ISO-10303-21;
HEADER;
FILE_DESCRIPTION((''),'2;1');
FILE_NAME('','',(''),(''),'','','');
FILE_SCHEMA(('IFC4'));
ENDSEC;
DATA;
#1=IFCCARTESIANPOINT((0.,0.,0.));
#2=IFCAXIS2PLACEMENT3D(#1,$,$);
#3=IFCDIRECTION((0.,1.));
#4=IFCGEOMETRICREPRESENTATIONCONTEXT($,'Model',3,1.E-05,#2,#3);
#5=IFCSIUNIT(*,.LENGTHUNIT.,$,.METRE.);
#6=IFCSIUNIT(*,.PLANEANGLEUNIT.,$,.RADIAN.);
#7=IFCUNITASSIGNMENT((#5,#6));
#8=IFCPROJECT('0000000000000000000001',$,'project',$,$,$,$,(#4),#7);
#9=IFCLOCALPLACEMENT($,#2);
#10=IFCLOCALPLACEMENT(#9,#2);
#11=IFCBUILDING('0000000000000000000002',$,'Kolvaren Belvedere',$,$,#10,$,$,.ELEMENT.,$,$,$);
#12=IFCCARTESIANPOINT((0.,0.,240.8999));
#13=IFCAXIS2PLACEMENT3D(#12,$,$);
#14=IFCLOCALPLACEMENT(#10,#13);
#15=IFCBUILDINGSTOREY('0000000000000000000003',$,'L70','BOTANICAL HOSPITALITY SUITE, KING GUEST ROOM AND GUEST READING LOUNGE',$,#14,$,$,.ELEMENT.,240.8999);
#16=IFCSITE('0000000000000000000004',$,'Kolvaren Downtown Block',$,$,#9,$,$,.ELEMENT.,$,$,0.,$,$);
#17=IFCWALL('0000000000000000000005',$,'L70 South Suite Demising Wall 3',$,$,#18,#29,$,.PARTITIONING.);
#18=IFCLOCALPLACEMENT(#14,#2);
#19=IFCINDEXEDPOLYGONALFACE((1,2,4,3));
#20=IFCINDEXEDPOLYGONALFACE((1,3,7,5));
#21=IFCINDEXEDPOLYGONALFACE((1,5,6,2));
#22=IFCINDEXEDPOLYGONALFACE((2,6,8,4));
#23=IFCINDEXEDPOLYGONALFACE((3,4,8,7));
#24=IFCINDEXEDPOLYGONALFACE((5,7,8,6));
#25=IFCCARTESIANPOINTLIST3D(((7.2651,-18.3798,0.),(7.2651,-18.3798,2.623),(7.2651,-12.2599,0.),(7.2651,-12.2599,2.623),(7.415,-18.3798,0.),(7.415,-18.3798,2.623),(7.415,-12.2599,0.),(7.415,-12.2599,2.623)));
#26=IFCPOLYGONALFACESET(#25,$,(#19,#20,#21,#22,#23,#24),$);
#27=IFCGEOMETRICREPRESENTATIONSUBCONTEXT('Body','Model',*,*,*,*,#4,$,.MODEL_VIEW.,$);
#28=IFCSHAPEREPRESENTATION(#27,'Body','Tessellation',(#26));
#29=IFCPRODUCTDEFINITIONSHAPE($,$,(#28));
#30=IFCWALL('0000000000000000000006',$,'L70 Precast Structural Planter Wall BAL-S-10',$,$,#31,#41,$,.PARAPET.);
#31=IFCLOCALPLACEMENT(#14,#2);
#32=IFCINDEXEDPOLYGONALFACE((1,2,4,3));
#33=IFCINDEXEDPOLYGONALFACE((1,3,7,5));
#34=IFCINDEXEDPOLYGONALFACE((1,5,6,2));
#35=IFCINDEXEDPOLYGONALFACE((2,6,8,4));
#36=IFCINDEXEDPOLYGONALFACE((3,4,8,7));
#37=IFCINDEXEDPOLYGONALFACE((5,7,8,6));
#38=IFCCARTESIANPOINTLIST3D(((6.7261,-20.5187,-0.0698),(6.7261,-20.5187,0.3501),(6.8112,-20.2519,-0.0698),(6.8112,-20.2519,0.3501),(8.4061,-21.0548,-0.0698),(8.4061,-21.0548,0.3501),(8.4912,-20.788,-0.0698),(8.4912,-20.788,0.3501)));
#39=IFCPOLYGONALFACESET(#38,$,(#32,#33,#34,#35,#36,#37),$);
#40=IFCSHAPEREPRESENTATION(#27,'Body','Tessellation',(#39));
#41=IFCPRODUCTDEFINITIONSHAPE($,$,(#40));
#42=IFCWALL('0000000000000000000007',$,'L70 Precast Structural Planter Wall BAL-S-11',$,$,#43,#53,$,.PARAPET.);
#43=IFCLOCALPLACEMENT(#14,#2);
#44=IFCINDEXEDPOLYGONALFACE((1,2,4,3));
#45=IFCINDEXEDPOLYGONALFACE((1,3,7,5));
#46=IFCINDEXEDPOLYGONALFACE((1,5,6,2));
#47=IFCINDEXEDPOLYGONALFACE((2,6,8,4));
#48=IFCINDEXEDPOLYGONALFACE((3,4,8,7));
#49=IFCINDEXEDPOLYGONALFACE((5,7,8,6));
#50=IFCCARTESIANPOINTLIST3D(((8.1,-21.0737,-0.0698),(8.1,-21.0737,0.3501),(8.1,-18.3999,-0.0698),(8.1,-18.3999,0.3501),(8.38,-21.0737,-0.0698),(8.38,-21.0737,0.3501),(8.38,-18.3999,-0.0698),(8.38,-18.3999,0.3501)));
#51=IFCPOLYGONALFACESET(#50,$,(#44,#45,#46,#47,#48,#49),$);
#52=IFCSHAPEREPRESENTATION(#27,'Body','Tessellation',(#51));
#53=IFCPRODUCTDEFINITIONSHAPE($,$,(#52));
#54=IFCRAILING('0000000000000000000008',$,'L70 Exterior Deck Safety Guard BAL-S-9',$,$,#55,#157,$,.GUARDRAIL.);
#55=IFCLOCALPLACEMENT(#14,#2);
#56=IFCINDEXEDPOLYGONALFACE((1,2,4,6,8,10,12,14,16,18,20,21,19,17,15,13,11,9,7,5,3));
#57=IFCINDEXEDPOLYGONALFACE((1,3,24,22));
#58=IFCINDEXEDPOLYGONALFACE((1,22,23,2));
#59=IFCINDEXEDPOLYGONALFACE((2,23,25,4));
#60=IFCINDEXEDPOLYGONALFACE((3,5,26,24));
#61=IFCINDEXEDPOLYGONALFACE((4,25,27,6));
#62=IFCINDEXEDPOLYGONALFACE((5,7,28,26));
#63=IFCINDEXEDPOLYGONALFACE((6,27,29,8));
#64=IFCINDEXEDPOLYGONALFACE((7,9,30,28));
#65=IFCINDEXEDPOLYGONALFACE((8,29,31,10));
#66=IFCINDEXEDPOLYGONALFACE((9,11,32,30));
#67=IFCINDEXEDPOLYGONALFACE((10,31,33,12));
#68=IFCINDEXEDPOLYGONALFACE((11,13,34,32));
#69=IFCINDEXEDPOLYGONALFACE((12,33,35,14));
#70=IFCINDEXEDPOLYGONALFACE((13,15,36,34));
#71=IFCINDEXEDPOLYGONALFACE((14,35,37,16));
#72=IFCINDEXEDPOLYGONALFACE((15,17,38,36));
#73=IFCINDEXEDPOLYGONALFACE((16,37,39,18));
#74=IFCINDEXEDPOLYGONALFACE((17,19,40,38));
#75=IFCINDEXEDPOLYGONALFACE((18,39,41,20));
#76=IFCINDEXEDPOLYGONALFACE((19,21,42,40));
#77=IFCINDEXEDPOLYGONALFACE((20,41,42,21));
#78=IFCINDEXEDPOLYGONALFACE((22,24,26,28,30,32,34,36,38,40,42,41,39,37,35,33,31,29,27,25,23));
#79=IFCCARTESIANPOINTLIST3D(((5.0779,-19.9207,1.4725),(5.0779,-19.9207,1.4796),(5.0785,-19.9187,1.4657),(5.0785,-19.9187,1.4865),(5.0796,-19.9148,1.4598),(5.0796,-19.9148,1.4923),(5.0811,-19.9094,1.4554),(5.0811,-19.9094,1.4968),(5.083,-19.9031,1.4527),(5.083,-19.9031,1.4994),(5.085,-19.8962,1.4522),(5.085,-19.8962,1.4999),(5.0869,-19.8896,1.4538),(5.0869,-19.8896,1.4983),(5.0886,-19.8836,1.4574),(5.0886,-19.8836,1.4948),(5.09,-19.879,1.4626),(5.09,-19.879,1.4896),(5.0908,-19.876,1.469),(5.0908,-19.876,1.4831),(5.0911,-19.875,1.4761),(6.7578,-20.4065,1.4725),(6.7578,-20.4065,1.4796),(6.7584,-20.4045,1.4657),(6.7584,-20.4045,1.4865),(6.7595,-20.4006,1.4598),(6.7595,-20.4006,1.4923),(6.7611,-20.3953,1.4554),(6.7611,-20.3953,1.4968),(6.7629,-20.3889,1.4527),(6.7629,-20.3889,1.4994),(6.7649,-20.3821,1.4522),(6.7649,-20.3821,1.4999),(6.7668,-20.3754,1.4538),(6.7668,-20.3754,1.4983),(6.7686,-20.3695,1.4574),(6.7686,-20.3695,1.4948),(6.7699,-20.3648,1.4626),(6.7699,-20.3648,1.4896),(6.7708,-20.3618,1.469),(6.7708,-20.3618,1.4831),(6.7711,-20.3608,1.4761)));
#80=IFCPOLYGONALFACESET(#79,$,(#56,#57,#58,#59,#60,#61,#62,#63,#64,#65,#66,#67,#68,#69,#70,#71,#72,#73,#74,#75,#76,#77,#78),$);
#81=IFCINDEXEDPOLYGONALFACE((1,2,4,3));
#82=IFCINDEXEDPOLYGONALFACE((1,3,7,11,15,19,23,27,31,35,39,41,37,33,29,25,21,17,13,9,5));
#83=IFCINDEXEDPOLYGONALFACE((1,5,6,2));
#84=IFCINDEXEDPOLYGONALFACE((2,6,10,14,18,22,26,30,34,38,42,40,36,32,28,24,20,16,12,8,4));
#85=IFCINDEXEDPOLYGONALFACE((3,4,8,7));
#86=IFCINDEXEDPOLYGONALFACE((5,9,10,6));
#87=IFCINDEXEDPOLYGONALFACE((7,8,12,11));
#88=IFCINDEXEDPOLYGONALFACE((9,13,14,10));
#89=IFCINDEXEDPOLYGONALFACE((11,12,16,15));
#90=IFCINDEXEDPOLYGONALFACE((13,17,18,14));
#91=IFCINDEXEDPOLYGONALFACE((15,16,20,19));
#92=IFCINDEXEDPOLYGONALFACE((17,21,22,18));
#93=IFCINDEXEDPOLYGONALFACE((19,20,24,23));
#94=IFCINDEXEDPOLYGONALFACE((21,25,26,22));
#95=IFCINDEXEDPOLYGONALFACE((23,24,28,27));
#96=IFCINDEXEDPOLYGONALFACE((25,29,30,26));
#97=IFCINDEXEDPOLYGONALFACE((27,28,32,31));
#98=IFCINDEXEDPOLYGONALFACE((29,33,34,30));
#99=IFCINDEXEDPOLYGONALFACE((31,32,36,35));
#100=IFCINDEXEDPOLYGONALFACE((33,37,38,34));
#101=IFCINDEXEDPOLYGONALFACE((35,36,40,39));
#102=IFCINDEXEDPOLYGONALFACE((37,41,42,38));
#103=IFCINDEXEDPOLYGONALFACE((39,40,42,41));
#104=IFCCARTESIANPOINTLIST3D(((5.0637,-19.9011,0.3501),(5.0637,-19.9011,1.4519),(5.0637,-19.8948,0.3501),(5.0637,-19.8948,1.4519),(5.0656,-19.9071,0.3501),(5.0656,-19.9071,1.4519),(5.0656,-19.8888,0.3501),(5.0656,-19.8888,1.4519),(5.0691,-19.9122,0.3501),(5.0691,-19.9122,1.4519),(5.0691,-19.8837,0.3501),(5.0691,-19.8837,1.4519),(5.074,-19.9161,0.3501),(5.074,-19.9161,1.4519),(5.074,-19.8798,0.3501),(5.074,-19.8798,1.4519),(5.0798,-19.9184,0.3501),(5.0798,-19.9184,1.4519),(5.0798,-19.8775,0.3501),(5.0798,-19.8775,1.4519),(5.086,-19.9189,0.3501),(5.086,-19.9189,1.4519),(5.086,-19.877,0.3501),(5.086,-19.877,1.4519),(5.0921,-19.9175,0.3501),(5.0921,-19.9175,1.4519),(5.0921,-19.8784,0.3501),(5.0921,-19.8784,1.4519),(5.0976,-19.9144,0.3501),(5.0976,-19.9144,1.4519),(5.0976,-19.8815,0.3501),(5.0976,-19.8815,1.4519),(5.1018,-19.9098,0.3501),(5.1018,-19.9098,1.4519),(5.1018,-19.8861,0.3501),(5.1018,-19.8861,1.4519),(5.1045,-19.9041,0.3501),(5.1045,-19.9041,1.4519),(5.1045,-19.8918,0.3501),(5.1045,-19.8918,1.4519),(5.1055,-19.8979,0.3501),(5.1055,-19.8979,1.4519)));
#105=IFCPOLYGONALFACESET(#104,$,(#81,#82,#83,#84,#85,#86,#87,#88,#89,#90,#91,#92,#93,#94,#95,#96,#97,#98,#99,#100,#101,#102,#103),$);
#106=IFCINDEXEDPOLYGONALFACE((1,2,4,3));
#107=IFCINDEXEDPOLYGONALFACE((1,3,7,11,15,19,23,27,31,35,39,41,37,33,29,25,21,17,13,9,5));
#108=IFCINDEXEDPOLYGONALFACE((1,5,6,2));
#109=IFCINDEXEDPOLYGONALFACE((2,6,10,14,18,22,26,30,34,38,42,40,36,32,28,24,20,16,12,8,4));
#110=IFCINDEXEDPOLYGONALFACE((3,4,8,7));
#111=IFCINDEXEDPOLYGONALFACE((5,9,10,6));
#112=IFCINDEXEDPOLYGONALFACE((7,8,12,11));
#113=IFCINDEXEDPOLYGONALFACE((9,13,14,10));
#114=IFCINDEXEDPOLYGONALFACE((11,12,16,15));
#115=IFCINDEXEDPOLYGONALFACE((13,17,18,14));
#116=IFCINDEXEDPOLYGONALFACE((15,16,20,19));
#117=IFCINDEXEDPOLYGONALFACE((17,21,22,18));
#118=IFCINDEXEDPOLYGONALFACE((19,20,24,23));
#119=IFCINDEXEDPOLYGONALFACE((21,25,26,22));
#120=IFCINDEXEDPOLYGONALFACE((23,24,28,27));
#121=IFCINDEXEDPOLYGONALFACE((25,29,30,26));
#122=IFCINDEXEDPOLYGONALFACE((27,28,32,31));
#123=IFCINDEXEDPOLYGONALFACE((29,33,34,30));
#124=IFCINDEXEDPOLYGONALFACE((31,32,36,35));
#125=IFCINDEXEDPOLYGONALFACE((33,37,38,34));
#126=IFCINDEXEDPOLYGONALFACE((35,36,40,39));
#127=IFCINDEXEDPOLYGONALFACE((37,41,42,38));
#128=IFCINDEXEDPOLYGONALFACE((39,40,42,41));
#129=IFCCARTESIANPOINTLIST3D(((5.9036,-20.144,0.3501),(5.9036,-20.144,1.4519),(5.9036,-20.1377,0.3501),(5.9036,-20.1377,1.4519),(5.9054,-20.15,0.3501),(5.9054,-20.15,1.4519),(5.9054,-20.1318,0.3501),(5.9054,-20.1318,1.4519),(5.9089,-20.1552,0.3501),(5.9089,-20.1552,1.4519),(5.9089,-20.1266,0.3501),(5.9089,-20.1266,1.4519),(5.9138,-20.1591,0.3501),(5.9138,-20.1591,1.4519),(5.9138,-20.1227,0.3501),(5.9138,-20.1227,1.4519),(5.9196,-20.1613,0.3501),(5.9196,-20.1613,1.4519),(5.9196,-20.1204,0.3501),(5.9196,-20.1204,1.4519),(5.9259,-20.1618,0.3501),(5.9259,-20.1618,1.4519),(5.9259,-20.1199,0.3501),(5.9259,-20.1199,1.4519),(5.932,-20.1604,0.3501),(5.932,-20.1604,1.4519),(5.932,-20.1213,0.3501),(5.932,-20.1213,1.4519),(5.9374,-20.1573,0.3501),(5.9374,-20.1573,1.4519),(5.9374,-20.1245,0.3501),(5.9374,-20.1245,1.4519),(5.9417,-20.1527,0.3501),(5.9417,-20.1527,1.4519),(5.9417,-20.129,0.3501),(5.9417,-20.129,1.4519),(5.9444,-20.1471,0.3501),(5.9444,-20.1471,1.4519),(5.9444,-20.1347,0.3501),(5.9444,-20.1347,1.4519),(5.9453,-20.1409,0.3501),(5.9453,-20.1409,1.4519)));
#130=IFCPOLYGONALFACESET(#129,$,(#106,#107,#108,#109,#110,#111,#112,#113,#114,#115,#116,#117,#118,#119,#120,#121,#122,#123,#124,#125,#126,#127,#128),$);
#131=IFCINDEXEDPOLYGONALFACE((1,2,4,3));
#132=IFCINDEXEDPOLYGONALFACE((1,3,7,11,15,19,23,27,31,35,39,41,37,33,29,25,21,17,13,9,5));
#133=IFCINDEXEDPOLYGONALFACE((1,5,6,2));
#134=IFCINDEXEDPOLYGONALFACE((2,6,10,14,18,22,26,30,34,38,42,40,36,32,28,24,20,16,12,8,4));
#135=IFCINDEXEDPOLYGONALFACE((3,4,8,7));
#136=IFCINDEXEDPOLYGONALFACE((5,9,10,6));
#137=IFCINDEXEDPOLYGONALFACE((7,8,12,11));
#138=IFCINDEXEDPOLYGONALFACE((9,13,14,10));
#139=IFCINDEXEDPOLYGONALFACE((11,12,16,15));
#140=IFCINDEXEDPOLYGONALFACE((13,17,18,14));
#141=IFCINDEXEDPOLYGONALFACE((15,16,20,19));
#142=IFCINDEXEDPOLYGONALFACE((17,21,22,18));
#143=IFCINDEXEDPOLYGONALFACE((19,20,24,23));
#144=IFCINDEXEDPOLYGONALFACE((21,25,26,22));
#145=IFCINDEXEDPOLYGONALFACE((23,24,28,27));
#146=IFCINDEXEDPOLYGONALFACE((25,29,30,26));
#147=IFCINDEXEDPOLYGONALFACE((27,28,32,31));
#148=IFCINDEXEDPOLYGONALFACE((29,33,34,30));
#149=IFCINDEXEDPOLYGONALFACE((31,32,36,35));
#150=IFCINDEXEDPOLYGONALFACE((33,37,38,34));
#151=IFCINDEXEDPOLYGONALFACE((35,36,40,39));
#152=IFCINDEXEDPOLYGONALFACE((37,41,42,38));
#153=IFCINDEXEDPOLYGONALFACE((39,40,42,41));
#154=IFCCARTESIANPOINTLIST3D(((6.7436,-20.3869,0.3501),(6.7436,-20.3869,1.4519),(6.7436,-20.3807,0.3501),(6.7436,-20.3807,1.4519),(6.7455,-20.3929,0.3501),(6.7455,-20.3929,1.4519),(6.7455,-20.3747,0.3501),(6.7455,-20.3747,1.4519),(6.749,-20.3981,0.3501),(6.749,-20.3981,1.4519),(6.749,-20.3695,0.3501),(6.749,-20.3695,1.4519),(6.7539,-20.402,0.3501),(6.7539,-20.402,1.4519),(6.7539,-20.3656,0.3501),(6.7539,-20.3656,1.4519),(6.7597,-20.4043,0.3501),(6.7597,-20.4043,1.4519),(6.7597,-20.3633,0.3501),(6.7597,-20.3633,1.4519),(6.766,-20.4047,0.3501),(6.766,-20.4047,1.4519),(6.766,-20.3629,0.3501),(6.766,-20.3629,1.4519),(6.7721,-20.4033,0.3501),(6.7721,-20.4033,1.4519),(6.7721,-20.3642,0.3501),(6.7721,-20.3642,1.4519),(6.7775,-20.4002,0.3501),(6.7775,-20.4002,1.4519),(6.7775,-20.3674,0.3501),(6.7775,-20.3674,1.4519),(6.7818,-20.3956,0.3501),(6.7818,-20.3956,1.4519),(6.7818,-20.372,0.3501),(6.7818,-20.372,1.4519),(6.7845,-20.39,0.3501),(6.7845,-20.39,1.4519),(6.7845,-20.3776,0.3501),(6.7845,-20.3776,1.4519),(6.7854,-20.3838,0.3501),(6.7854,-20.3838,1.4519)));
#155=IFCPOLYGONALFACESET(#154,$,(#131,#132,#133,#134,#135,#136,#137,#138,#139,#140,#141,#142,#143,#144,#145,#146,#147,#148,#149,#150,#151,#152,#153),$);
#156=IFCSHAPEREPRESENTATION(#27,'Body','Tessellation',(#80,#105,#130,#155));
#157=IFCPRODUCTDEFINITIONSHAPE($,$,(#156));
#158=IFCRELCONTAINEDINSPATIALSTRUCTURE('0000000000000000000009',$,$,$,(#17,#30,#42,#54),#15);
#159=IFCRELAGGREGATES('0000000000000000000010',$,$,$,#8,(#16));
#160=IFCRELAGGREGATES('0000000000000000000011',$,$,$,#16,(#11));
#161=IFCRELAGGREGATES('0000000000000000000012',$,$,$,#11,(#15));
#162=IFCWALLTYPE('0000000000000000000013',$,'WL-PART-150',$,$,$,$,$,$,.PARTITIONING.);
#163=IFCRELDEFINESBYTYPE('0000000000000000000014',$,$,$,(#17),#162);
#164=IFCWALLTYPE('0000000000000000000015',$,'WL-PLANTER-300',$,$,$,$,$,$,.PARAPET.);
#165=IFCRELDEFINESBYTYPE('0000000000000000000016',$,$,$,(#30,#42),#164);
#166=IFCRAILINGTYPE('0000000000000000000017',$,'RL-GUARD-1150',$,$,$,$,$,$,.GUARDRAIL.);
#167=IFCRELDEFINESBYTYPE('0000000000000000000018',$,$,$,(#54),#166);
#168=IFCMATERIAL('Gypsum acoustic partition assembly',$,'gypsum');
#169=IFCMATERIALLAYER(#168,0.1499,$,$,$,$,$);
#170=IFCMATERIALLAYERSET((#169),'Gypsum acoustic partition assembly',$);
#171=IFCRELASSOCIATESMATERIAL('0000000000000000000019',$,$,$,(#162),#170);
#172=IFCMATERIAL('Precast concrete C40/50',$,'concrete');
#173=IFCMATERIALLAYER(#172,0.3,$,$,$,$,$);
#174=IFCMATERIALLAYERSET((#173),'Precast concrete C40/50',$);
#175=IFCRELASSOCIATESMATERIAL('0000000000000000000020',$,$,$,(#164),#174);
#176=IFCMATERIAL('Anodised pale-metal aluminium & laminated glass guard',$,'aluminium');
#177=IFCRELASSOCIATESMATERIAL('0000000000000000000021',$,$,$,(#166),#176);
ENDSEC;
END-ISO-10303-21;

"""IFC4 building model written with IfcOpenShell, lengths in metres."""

from ifc_helpers import new_model, si_unit, direction, frame, frame_2d, origin, origin_2d, place, context, subcontext, project, spatial, rectangle, circle, extrude, material, layer, layer_set, type_object, element, save


model = new_model("IFC4")

# Units and contexts
model_context = context("Model", 3, precision=1e-05, world=origin(), true_north=direction((0.0, 1.0)))
body_context = subcontext(model_context, "Body", "Model", "MODEL_VIEW")
ifc_project = project(units=[si_unit("LENGTHUNIT", "METRE"), si_unit("PLANEANGLEUNIT", "RADIAN")], contexts=[model_context])

# Site, building, storey
site_placement = place(None, origin())
site = spatial("IfcSite", under=ifc_project, at=site_placement, Name="Kolvaren Downtown Block", CompositionType="ELEMENT", RefElevation=0.0)
building_placement = place(site_placement, origin())
building = spatial("IfcBuilding", under=site, at=building_placement, Name="Kolvaren Belvedere", CompositionType="ELEMENT")
storey_placement = place(building_placement, frame((0.0, 0.0, 240.8999)))
storey = spatial("IfcBuildingStorey", under=building, at=storey_placement, Name="L70", Description="BOTANICAL HOSPITALITY SUITE, KING GUEST ROOM AND GUEST READING LOUNGE", CompositionType="ELEMENT", Elevation=240.8999)

# Walls
ifc_material_1 = material(Name="Gypsum acoustic partition assembly", Category="gypsum")
ifc_layer_1 = layer(ifc_material_1, 0.1499)
ifc_layer_set_1 = layer_set([ifc_layer_1], Name="Gypsum acoustic partition assembly")
wall_type_1 = type_object("IfcWallType", Name="WL-PART-150", PredefinedType="PARTITIONING", material=ifc_layer_set_1)
wall_1_placement = place(storey_placement, frame((7.3401, -18.3799, 0.0), z_axis=(0.0, 0.0, 1.0), x_axis=(0.0, 1.0, 0.0)))
element("IfcWall", 1, at=wall_1_placement, inside=storey, type_object=wall_type_1, Name="L70 South Suite Demising Wall 3", PredefinedType="PARTITIONING", context=body_context, shape_type="SweptSolid", body=[
    extrude(rectangle(XDim=6.1199, YDim=0.1499, at=frame_2d((3.0601, 0.0))), origin(), (0.0, 0.0, 1.0), 2.623),
])
ifc_material_2 = material(Name="Precast concrete C40/50", Category="concrete")
ifc_layer_2 = layer(ifc_material_2, 0.3)
ifc_layer_set_2 = layer_set([ifc_layer_2], Name="Precast concrete C40/50")
wall_type_2 = type_object("IfcWallType", Name="WL-PLANTER-300", PredefinedType="PARAPET", material=ifc_layer_set_2)
wall_2_placement = place(storey_placement, frame((6.7686, -20.3853, -0.0698), z_axis=(0.0, 0.0, 1.0), x_axis=(0.952662, -0.304032, 0.0)))
element("IfcWall", 2, at=wall_2_placement, inside=storey, type_object=wall_type_2, Name="L70 Precast Structural Planter Wall BAL-S-10", PredefinedType="PARAPET", context=body_context, shape_type="SweptSolid", body=[
    extrude(rectangle(XDim=1.7634, YDim=0.28, at=frame_2d((0.8818, 0.0))), origin(), (0.0, 0.0, 1.0), 0.4199),
])
wall_3_placement = place(storey_placement, frame((8.24, -21.0737, -0.0698), z_axis=(0.0, 0.0, 1.0), x_axis=(0.0, 1.0, 0.0)))
element("IfcWall", 3, at=wall_3_placement, inside=storey, type_object=wall_type_2, Name="L70 Precast Structural Planter Wall BAL-S-11", PredefinedType="PARAPET", context=body_context, shape_type="SweptSolid", body=[
    extrude(rectangle(XDim=2.6738, YDim=0.28, at=frame_2d((1.3369, 0.0))), origin(), (0.0, 0.0, 1.0), 0.4199),
])

# Railing
ifc_material_3 = material(Name="Anodised pale-metal aluminium & laminated glass guard", Category="aluminium")
railing_type = type_object("IfcRailingType", Name="RL-GUARD-1150", PredefinedType="GUARDRAIL", material=ifc_material_3)
railing_1_placement = place(storey_placement, frame((5.0845, -19.8979, 0.3501)))
element("IfcRailing", 4, at=railing_1_placement, inside=storey, type_object=railing_type, Name="L70 Exterior Deck Safety Guard BAL-S-9", PredefinedType="GUARDRAIL", context=body_context, shape_type="SweptSolid", body=[
    extrude(circle(Radius=0.0239, at=origin_2d()), frame((0.0, 0.0, 1.126), z_axis=(0.960634, -0.277817, 0.0), x_axis=(0.277817, 0.960634, 0.0)), (0.0, 0.0, 1.0), 1.7488),
    extrude(circle(Radius=0.021, at=origin_2d()), origin(), (0.0, 0.0, 1.0), 1.1018),
    extrude(circle(Radius=0.021, at=origin_2d()), frame((0.8398, -0.2429, 0.0)), (0.0, 0.0, 1.0), 1.1018),
    extrude(circle(Radius=0.021, at=origin_2d()), frame((1.6799, -0.4858, 0.0)), (0.0, 0.0, 1.0), 1.1018),
])

save(model, "model.ifc")
